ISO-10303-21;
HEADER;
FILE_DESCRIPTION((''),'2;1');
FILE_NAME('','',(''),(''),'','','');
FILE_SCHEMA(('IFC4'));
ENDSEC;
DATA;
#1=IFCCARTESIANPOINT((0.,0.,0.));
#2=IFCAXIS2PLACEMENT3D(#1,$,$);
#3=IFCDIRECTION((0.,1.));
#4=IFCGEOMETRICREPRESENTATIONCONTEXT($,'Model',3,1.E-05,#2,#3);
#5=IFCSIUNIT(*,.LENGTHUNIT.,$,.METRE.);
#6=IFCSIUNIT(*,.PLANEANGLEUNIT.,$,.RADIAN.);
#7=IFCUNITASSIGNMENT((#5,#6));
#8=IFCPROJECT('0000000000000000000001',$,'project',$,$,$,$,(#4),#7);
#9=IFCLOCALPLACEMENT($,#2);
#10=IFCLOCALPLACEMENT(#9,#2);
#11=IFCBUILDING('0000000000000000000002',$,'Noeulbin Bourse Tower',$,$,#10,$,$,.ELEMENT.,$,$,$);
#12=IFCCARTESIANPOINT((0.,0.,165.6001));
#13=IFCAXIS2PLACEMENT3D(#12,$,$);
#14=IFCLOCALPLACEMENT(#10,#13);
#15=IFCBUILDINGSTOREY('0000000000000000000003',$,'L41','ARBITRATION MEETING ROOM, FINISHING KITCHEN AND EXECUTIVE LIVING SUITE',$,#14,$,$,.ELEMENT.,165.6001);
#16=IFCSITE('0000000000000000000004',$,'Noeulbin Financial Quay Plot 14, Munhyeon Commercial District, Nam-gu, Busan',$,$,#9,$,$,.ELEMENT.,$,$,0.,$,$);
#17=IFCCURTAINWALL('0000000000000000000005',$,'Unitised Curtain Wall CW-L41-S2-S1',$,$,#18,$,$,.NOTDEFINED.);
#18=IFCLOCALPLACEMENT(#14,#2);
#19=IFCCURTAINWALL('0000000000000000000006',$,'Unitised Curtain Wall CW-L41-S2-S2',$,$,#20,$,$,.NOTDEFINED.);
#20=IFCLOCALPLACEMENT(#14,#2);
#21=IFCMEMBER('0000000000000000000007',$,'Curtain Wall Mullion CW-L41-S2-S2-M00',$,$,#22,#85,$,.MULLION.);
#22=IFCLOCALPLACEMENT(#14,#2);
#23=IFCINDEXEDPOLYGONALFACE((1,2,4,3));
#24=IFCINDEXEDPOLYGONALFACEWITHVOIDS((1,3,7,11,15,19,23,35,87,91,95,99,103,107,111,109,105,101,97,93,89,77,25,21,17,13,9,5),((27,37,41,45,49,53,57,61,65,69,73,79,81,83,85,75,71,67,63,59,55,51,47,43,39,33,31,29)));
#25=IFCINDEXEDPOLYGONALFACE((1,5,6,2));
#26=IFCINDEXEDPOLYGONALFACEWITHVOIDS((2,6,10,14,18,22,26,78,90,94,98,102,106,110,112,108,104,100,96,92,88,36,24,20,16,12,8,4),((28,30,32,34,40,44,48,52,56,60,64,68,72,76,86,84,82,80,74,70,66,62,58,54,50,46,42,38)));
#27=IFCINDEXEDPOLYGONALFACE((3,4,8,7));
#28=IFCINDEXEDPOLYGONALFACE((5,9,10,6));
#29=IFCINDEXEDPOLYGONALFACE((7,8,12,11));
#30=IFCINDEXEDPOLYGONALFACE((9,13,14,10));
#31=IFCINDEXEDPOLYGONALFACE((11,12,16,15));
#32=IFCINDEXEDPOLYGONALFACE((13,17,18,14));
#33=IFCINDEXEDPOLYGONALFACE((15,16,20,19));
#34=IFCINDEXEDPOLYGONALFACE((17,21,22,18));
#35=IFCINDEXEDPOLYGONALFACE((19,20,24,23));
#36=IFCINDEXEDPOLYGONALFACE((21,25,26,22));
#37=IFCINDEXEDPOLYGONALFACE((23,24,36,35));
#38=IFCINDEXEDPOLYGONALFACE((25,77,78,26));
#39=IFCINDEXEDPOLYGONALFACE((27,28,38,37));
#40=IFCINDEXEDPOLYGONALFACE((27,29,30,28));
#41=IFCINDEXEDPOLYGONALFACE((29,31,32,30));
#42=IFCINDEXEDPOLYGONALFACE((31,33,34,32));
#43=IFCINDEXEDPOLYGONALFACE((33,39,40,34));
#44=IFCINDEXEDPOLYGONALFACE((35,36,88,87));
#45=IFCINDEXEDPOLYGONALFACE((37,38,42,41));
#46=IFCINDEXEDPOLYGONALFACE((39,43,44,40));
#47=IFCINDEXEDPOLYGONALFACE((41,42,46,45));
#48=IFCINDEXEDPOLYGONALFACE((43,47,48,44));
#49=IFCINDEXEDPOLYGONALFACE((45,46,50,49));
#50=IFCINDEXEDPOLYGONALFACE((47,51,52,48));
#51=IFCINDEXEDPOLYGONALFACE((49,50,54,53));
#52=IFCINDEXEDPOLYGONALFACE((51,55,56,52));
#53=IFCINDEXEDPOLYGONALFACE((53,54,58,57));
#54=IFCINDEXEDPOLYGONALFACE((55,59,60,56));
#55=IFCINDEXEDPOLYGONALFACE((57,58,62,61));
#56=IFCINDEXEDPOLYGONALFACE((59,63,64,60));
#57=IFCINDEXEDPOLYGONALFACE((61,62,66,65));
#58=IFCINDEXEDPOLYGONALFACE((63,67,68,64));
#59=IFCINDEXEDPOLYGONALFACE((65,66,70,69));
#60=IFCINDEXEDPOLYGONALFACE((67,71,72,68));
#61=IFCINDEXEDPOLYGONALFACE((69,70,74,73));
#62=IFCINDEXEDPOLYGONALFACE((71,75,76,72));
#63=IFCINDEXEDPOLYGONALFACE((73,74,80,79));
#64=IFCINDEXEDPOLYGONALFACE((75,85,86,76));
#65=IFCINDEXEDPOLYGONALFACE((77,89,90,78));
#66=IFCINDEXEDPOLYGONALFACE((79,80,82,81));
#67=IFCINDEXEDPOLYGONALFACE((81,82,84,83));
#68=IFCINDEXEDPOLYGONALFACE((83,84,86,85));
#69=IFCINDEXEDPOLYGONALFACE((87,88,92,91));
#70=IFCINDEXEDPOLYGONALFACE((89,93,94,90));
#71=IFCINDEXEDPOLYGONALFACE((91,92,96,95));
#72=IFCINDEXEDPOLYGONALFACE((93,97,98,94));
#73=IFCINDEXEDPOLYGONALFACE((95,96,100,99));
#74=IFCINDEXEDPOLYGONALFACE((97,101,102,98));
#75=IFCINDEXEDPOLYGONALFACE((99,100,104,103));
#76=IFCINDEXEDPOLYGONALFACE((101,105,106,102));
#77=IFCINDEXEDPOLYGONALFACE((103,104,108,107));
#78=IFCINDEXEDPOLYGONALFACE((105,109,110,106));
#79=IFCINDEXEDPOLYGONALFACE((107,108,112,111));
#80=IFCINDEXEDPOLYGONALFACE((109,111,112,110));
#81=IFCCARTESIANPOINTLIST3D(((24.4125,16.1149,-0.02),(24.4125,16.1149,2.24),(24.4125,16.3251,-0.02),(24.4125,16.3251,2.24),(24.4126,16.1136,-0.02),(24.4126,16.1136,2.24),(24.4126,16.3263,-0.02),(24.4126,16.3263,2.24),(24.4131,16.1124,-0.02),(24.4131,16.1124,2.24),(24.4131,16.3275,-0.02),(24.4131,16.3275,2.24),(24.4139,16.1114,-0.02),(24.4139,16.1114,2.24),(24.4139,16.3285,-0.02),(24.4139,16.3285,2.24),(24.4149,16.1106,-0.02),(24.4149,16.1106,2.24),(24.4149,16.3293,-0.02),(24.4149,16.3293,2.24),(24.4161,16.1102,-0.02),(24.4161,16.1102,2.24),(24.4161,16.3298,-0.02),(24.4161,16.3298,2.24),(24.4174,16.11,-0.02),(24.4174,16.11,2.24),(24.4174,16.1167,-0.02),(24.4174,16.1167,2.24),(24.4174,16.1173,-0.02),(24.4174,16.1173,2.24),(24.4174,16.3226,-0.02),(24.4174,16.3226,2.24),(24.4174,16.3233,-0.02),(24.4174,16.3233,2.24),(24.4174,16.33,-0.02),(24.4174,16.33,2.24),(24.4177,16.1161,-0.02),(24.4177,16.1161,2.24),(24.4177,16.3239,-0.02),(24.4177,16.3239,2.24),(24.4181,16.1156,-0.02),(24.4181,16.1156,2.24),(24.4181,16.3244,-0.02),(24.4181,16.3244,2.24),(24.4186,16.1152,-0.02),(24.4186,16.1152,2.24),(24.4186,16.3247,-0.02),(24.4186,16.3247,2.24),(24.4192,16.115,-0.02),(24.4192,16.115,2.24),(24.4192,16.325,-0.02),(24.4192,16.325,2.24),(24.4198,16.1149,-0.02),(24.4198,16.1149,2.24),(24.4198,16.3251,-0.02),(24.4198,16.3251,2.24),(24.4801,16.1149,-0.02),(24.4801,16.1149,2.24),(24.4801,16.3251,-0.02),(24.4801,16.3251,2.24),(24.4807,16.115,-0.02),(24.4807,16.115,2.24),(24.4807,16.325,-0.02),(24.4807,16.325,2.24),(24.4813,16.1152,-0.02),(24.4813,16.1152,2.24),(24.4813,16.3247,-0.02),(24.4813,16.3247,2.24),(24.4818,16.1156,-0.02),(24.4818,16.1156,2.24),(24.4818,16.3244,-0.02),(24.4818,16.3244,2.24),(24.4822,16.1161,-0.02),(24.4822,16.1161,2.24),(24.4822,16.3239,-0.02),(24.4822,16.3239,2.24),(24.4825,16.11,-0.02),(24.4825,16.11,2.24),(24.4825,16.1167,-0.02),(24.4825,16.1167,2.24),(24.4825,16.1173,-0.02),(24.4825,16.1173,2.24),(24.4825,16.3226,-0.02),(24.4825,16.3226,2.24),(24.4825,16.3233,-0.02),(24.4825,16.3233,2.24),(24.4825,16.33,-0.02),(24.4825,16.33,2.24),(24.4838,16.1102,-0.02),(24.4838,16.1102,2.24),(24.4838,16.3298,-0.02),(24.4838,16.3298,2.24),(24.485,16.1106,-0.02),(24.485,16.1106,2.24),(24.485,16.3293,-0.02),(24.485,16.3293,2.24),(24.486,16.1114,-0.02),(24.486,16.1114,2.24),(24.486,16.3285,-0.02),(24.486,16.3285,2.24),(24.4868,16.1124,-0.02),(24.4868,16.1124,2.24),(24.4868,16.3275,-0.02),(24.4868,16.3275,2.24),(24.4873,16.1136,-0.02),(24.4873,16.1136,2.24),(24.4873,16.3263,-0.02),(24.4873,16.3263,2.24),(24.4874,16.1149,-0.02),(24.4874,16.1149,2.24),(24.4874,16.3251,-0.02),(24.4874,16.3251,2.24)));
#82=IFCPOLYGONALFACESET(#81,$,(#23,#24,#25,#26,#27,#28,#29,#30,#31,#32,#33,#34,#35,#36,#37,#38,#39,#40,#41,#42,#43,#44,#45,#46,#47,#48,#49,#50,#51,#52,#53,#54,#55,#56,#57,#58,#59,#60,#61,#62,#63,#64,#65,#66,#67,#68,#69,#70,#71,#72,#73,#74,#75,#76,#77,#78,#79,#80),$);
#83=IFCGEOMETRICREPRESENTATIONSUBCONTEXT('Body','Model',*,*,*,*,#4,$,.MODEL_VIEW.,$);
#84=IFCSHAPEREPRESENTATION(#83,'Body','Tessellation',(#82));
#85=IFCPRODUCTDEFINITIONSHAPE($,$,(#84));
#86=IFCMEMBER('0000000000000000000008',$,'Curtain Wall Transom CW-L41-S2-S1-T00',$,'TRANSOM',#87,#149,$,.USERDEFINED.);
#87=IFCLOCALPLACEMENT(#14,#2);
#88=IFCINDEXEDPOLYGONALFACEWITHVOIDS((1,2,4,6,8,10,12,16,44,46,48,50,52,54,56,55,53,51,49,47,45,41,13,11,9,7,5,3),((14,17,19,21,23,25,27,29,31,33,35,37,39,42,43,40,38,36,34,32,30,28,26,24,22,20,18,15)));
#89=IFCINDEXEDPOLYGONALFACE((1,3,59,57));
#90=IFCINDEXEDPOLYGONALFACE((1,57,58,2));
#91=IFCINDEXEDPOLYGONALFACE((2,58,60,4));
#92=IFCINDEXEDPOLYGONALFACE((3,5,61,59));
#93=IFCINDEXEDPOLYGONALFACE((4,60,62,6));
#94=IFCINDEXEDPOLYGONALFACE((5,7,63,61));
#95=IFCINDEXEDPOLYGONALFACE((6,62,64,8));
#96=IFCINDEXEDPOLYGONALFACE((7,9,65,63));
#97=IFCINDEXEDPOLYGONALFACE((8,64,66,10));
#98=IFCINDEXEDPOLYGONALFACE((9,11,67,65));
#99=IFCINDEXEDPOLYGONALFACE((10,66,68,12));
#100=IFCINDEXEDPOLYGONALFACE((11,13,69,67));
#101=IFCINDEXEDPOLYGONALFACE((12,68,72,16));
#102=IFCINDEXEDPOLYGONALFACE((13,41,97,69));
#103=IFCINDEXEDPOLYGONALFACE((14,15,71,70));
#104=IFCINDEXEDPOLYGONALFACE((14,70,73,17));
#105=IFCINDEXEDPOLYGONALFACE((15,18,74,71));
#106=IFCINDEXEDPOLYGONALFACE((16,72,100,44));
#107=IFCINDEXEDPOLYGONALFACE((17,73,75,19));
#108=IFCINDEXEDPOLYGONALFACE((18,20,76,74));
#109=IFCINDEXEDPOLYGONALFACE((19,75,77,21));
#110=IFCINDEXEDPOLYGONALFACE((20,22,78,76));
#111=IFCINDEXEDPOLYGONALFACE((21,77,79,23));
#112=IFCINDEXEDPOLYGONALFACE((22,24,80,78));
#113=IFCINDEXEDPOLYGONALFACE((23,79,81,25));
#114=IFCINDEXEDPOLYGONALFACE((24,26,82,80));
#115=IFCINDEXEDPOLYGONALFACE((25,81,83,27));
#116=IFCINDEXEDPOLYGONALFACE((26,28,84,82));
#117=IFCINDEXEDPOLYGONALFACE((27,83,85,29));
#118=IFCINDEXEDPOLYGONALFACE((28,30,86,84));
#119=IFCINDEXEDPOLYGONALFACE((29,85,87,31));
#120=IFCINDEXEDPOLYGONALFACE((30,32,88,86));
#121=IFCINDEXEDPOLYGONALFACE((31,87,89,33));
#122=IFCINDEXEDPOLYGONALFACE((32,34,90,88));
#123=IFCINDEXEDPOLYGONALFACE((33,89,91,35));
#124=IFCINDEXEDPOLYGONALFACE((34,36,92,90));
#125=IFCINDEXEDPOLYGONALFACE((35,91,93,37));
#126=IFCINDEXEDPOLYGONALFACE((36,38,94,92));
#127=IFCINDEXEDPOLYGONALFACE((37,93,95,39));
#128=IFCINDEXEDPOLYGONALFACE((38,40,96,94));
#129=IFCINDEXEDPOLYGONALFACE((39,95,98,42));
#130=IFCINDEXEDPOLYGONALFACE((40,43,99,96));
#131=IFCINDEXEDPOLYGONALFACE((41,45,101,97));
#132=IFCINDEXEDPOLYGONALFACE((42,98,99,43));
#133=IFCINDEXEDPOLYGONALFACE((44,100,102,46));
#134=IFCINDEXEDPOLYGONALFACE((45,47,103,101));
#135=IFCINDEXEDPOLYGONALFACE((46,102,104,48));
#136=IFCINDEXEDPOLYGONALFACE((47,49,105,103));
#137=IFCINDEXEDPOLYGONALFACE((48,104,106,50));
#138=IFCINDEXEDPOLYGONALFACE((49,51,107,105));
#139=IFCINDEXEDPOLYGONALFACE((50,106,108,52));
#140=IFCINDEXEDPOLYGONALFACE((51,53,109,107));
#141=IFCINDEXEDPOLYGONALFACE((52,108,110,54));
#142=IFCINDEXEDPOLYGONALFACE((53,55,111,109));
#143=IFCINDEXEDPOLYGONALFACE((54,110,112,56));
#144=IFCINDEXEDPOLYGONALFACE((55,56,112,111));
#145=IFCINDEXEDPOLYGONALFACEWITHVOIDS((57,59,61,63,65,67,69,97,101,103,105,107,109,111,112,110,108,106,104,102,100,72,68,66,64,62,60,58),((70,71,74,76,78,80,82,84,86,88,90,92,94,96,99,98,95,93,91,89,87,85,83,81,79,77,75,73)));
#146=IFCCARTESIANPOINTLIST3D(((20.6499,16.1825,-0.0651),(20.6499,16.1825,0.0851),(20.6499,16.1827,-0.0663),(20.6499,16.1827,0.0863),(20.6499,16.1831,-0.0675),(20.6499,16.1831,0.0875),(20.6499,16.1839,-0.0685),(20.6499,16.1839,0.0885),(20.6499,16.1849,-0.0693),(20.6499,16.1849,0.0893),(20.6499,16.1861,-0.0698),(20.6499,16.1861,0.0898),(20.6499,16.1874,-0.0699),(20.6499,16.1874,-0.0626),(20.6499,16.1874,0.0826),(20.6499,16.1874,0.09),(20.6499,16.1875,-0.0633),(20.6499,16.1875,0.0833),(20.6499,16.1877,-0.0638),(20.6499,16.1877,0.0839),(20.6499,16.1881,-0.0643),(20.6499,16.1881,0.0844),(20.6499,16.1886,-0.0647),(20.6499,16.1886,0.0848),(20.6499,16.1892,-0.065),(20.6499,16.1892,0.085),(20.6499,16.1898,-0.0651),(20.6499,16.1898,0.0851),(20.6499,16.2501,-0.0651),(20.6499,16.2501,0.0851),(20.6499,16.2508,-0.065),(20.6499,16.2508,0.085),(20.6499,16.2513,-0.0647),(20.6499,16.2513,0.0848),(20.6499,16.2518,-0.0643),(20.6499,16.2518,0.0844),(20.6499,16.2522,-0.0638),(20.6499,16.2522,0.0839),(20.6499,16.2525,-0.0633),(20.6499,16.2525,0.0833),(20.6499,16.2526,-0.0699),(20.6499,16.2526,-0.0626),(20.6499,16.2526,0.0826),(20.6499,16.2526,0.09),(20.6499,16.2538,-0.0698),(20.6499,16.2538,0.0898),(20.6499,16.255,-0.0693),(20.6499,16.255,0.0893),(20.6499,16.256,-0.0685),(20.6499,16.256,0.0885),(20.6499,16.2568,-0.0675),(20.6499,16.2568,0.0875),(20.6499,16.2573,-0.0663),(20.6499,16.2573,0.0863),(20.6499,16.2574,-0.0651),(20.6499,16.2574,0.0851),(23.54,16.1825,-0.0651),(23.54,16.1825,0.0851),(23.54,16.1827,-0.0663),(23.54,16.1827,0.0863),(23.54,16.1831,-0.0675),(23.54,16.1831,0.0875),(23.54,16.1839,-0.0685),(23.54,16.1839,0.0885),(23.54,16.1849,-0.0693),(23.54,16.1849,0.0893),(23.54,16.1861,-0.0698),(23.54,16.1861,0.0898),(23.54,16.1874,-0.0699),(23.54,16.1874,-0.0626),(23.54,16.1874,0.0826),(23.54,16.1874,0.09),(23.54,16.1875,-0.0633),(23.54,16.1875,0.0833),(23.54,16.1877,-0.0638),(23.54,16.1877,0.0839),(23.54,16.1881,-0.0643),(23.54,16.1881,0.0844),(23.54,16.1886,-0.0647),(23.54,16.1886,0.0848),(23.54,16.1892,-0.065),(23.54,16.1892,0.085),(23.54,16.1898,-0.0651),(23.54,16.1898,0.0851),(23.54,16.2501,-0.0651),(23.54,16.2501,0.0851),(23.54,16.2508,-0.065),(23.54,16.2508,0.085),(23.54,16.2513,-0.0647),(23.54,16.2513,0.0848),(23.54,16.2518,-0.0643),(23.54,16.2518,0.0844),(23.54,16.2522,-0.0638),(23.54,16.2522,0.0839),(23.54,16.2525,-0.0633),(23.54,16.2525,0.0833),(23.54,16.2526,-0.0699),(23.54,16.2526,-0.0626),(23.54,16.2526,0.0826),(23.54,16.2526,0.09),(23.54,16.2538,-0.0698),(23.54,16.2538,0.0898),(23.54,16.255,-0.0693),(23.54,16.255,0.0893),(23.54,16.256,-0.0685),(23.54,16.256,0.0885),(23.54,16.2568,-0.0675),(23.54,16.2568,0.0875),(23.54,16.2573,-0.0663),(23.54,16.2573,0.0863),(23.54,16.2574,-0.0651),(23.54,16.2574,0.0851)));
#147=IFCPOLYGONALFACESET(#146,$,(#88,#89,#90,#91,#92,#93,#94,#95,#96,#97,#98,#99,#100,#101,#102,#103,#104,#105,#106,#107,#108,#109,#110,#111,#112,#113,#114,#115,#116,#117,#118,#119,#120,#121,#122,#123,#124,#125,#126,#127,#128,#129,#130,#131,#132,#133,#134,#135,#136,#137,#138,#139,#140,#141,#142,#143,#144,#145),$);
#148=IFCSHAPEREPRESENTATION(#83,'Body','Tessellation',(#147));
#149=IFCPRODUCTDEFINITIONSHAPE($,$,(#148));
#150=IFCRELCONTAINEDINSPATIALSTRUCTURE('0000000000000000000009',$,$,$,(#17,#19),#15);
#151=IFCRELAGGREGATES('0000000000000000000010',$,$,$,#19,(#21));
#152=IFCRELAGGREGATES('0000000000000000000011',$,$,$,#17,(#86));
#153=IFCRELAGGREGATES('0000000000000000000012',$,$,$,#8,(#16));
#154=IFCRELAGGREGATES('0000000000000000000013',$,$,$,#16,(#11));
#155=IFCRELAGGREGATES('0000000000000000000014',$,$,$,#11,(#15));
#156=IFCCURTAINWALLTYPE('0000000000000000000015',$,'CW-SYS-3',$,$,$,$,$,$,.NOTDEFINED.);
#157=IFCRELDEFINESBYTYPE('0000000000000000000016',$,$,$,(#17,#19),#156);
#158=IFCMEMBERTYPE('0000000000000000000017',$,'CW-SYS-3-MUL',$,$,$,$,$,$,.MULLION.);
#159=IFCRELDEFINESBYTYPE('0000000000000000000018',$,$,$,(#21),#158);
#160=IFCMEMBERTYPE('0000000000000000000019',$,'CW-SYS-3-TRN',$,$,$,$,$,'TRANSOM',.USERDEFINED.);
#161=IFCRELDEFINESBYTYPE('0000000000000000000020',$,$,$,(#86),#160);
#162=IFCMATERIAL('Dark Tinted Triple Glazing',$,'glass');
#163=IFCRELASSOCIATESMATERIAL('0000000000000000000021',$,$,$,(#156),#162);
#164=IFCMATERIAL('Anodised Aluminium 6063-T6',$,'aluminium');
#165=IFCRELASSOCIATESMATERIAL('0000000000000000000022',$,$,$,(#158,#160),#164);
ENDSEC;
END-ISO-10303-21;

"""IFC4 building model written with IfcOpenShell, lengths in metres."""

from ifc_helpers import new_model, si_unit, direction, frame, origin, origin_2d, place, context, subcontext, project, spatial, hollow_rectangle, extrude, material, material_profile, profile_set, type_object, element, aggregate, save


model = new_model("IFC4")

# Units and contexts
model_context = context("Model", 3, precision=1e-05, world=origin(), true_north=direction((0.0, 1.0)))
body_context = subcontext(model_context, "Body", "Model", "MODEL_VIEW")
ifc_project = project(units=[si_unit("LENGTHUNIT", "METRE"), si_unit("PLANEANGLEUNIT", "RADIAN")], contexts=[model_context])

# Site, building, storey
site_placement = place(None, origin())
site = spatial("IfcSite", under=ifc_project, at=site_placement, Name="Noeulbin Financial Quay Plot 14, Munhyeon Commercial District, Nam-gu, Busan", CompositionType="ELEMENT", RefElevation=0.0)
building_placement = place(site_placement, origin())
building = spatial("IfcBuilding", under=site, at=building_placement, Name="Noeulbin Bourse Tower", CompositionType="ELEMENT")
storey_placement = place(building_placement, frame((0.0, 0.0, 165.6001)))
storey = spatial("IfcBuildingStorey", under=building, at=storey_placement, Name="L41", Description="ARBITRATION MEETING ROOM, FINISHING KITCHEN AND EXECUTIVE LIVING SUITE", CompositionType="ELEMENT", Elevation=165.6001)

# Curtain wall
ifc_material_1 = material(Name="Dark Tinted Triple Glazing", Category="glass")
curtain_wall_type = type_object("IfcCurtainWallType", Name="CW-SYS-3", PredefinedType="NOTDEFINED", material=ifc_material_1)
curtain_wall_1_placement = place(storey_placement, origin())
curtain_wall_1 = element("IfcCurtainWall", 1, at=curtain_wall_1_placement, inside=storey, type_object=curtain_wall_type, Name="Unitised Curtain Wall CW-L41-S2-S1", PredefinedType="NOTDEFINED")
ifc_material_2 = material(Name="Anodised Aluminium 6063-T6", Category="aluminium")
ifc_material_profile_1 = material_profile(ifc_material_2, hollow_rectangle(XDim=0.075, YDim=0.22, WallThickness=0.0049, InnerFilletRadius=0.0024, OuterFilletRadius=0.0049, at=origin_2d()), Name="ALU-MULL-75x220x5", Category="LoadBearing")
ifc_profile_set_1 = profile_set([ifc_material_profile_1], Name="Anodised Aluminium 6063-T6")
member_type_1 = type_object("IfcMemberType", Name="CW-SYS-3-MUL", PredefinedType="MULLION", material=ifc_profile_set_1)

# Curtain wall, member
curtain_wall_2_placement = place(storey_placement, origin())
curtain_wall_2 = element("IfcCurtainWall", 2, at=curtain_wall_2_placement, inside=storey, type_object=curtain_wall_type, Name="Unitised Curtain Wall CW-L41-S2-S2", PredefinedType="NOTDEFINED")
member_1_placement = place(storey_placement, frame((24.45, 16.22, -0.02), z_axis=(0.0, 0.0, 1.0), x_axis=(1.0, 0.0, 0.0)))
member_1 = element("IfcMember", 3, at=member_1_placement, type_object=member_type_1, Name="Curtain Wall Mullion CW-L41-S2-S2-M00", PredefinedType="MULLION", context=body_context, shape_type="SweptSolid", body=[
    extrude(hollow_rectangle(XDim=0.075, YDim=0.22, WallThickness=0.0049, InnerFilletRadius=0.0024, OuterFilletRadius=0.0049, at=origin_2d()), origin(), (0.0, 0.0, 1.0), 2.26),
])
aggregate(curtain_wall_2, [member_1])

# Member
ifc_material_profile_2 = material_profile(ifc_material_2, hollow_rectangle(XDim=0.075, YDim=0.1599, WallThickness=0.0049, InnerFilletRadius=0.0024, OuterFilletRadius=0.0049, at=origin_2d()), Name="ALU-TRAN-75x160x5", Category="LoadBearing")
ifc_profile_set_2 = profile_set([ifc_material_profile_2], Name="Anodised Aluminium 6063-T6")
member_type_2 = type_object("IfcMemberType", Name="CW-SYS-3-TRN", ElementType="TRANSOM", PredefinedType="USERDEFINED", material=ifc_profile_set_2)
member_2_placement = place(storey_placement, frame((20.6499, 16.22, 0.01), z_axis=(1.0, 0.0, 0.0), x_axis=(0.0, 1.0, 0.0)))
member_2 = element("IfcMember", 4, at=member_2_placement, type_object=member_type_2, Name="Curtain Wall Transom CW-L41-S2-S1-T00", ObjectType="TRANSOM", PredefinedType="USERDEFINED", context=body_context, shape_type="SweptSolid", body=[
    extrude(hollow_rectangle(XDim=0.075, YDim=0.1599, WallThickness=0.0049, InnerFilletRadius=0.0024, OuterFilletRadius=0.0049, at=origin_2d()), origin(), (0.0, 0.0, 1.0), 2.8901),
])

aggregate(curtain_wall_1, [member_2])

save(model, "model.ifc")
